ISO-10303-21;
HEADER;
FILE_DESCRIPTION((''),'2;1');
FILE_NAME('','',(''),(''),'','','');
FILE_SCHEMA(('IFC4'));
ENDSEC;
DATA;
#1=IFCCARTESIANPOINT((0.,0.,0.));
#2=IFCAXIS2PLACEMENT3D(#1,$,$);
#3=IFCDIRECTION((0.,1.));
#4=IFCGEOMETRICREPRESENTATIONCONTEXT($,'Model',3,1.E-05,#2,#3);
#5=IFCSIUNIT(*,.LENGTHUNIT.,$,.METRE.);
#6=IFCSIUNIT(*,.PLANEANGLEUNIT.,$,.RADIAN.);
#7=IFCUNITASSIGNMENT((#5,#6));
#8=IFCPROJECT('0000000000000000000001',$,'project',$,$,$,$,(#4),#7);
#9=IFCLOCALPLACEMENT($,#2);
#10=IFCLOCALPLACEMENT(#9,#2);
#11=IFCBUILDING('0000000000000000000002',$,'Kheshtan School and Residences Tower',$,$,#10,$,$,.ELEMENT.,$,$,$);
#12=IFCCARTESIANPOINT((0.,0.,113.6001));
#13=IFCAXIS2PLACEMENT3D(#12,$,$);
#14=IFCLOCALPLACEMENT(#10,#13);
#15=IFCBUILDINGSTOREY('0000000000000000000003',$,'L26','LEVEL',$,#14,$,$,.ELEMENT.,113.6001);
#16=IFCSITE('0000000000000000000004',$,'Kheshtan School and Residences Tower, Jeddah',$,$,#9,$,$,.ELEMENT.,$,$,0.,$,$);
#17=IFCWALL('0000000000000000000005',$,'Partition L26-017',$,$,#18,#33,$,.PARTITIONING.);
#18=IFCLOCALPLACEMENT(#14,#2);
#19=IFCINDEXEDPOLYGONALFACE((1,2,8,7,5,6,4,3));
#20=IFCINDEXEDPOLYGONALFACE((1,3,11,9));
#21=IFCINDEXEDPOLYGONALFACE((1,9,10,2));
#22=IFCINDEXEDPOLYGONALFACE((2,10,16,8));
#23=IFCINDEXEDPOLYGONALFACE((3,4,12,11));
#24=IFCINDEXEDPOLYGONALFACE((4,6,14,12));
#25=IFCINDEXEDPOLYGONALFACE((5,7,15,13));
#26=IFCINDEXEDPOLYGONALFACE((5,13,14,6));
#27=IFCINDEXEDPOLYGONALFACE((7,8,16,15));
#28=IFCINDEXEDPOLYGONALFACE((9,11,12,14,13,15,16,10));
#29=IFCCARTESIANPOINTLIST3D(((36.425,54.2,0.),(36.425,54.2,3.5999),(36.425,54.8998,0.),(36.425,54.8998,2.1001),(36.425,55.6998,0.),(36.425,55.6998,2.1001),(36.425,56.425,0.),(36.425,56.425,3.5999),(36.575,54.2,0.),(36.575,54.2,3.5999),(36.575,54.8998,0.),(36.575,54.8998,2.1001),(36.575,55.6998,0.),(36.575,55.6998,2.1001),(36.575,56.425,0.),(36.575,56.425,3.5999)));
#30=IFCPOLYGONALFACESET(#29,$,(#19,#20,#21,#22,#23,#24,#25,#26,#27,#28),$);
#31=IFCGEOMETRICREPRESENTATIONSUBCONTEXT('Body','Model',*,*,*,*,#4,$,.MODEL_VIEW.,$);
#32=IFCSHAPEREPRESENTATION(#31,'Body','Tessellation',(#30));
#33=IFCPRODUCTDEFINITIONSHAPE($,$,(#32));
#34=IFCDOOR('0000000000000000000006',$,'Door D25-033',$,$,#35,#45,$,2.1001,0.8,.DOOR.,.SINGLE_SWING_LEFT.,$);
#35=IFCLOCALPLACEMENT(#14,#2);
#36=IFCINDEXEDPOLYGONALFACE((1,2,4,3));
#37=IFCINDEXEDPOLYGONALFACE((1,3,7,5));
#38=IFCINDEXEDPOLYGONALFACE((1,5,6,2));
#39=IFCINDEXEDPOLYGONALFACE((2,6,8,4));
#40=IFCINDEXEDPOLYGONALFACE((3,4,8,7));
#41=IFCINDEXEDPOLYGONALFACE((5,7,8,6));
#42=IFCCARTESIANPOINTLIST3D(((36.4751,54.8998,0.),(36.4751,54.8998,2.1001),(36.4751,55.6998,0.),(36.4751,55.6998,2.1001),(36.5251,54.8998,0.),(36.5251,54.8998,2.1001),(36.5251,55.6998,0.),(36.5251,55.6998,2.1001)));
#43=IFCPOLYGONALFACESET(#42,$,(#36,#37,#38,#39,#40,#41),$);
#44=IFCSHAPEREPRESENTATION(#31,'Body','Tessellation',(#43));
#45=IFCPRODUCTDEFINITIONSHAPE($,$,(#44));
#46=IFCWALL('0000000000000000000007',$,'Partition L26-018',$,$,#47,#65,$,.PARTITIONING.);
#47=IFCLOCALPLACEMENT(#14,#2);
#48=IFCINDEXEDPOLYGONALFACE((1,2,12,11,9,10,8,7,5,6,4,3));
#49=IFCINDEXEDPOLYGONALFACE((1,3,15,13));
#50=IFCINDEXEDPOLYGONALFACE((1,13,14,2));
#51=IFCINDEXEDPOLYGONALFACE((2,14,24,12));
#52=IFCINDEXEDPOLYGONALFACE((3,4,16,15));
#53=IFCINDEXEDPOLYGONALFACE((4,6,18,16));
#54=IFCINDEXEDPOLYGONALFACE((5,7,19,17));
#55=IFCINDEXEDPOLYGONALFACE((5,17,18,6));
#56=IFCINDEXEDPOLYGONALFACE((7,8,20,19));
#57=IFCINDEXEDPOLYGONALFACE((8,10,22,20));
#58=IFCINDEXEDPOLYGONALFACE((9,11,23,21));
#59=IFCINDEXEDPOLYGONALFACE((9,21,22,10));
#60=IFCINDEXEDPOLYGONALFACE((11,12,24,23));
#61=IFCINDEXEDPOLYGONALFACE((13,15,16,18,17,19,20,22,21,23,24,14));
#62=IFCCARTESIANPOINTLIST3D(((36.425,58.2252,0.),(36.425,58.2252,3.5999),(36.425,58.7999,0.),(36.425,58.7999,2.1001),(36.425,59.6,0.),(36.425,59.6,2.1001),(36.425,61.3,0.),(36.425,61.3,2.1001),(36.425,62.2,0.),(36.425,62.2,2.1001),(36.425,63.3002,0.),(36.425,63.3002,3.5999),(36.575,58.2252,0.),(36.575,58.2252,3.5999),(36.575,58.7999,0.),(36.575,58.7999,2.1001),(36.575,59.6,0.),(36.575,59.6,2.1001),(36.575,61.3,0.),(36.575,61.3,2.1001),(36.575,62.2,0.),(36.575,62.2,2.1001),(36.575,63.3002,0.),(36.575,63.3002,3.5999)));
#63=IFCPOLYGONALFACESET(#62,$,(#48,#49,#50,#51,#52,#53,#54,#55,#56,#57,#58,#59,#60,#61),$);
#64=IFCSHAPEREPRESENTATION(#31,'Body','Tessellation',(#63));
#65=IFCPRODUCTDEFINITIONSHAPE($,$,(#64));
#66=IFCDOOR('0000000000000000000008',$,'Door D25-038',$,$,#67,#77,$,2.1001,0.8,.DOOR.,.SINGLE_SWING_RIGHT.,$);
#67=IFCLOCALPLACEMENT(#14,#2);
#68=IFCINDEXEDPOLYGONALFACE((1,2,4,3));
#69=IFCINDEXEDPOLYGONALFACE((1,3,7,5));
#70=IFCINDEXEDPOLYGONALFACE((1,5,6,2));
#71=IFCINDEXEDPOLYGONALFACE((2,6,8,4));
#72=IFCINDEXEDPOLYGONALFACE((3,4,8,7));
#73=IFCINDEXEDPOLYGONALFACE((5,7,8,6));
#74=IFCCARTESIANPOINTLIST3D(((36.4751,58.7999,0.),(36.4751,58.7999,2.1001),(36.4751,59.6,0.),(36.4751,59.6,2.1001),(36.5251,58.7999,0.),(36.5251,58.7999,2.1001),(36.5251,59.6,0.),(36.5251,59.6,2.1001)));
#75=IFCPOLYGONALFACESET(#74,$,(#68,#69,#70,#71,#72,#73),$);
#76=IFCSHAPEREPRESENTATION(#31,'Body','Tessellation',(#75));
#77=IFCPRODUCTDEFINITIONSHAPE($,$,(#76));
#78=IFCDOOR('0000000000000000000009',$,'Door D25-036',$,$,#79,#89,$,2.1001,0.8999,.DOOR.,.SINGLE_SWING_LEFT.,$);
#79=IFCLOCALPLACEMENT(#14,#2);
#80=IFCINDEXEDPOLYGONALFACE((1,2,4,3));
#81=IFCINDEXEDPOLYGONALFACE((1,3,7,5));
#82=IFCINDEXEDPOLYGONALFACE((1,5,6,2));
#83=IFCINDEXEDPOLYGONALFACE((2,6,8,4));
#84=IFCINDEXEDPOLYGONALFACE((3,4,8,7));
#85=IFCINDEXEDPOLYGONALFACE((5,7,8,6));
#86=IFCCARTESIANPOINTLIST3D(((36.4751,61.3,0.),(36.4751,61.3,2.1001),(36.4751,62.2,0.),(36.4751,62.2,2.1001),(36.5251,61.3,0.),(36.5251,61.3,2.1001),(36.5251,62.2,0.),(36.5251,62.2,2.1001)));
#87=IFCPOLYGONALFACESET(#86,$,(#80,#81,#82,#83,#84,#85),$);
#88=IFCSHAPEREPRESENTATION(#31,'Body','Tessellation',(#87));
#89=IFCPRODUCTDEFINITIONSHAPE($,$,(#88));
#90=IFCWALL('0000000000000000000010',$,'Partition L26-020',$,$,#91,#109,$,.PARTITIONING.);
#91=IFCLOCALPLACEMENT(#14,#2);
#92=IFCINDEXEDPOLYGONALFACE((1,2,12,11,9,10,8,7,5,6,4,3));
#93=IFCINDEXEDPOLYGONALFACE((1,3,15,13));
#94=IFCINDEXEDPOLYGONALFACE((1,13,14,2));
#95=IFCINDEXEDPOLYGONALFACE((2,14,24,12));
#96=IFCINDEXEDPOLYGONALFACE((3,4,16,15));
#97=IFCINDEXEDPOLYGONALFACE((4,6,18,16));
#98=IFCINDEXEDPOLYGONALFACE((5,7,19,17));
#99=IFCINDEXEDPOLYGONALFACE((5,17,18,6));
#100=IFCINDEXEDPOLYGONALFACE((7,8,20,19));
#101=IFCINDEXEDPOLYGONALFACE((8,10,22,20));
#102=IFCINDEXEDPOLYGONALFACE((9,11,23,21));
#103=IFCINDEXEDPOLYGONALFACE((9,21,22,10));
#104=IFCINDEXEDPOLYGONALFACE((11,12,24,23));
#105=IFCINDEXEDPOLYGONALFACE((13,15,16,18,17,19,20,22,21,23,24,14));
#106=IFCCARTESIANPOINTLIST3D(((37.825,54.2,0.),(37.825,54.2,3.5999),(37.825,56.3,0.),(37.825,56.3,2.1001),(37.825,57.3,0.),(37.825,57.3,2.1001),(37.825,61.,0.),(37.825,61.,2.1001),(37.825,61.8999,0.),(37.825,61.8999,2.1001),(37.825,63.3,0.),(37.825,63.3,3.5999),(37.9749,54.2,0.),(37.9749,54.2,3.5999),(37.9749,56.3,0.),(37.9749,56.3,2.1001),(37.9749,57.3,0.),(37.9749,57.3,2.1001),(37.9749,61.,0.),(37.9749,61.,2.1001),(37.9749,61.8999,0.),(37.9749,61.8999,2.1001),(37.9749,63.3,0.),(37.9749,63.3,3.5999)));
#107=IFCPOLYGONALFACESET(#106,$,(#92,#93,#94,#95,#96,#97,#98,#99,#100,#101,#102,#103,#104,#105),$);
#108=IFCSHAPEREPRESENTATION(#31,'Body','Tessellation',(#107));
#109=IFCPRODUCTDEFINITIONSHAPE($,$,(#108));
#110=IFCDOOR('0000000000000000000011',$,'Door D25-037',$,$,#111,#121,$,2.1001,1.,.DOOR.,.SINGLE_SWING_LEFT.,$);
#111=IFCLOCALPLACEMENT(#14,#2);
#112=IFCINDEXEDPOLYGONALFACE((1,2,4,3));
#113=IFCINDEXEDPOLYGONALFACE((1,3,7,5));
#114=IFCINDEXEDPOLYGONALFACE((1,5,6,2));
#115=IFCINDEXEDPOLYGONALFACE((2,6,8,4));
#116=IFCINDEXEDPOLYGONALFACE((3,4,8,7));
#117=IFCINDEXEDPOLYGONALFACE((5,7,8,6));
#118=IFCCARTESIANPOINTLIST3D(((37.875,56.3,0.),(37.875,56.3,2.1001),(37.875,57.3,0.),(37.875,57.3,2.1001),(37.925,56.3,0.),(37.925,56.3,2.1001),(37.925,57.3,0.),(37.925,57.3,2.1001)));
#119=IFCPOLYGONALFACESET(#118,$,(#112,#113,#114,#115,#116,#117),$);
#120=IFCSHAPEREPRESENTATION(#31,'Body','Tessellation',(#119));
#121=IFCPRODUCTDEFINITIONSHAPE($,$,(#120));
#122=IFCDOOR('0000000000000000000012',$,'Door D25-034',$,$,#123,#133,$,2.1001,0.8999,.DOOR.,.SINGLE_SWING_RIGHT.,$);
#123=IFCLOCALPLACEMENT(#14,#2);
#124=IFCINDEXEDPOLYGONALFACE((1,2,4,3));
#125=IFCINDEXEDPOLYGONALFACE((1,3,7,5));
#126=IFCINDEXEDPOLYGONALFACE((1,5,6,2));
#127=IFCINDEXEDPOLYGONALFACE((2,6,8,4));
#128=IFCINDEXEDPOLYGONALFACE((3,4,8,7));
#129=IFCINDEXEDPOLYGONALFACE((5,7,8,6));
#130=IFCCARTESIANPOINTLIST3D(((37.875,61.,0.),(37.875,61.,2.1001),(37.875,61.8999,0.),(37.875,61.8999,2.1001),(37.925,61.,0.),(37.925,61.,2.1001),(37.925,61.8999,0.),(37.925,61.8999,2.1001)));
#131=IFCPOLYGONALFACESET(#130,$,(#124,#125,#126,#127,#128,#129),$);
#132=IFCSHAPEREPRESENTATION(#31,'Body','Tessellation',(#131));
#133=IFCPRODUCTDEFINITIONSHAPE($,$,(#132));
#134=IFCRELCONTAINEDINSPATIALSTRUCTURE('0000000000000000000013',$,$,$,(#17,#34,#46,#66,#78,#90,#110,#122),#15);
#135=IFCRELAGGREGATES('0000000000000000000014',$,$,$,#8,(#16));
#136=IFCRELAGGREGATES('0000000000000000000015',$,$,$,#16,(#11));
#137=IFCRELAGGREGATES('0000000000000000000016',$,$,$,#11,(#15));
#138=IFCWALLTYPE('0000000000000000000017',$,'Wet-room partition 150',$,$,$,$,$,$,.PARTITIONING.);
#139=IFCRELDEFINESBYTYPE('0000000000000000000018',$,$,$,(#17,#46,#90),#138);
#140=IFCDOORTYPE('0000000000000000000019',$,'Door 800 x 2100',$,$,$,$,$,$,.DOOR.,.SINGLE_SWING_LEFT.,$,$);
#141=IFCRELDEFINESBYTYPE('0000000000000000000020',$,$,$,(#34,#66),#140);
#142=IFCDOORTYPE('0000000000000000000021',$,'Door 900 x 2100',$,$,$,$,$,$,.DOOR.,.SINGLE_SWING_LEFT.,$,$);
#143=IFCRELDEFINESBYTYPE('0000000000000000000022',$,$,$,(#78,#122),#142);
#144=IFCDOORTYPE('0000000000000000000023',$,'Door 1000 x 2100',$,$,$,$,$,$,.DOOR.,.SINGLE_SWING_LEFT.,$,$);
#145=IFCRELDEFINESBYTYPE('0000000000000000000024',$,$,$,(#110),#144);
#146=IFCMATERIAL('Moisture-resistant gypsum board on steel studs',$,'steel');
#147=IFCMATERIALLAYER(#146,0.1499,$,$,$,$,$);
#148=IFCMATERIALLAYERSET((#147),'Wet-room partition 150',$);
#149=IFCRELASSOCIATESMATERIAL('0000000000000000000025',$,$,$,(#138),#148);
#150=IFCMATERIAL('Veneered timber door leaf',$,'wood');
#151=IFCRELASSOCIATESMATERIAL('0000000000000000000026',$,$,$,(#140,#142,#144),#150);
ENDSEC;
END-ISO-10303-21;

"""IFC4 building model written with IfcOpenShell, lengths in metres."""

from ifc_helpers import new_model, si_unit, direction, frame, frame_2d, origin, place, context, subcontext, project, spatial, rectangle, extrude, source, transform, mapped, material, layer, layer_set, type_object, element, fill, save


model = new_model("IFC4")

# Units and contexts
model_context = context("Model", 3, precision=1e-05, world=origin(), true_north=direction((0.0, 1.0)))
body_context = subcontext(model_context, "Body", "Model", "MODEL_VIEW")
ifc_project = project(units=[si_unit("LENGTHUNIT", "METRE"), si_unit("PLANEANGLEUNIT", "RADIAN")], contexts=[model_context])

# Site, building, storey
site_placement = place(None, origin())
site = spatial("IfcSite", under=ifc_project, at=site_placement, Name="Kheshtan School and Residences Tower, Jeddah", CompositionType="ELEMENT", RefElevation=0.0)
building_placement = place(site_placement, origin())
building = spatial("IfcBuilding", under=site, at=building_placement, Name="Kheshtan School and Residences Tower", CompositionType="ELEMENT")
storey_placement = place(building_placement, frame((0.0, 0.0, 113.6001)))
storey = spatial("IfcBuildingStorey", under=building, at=storey_placement, Name="L26", Description="LEVEL", CompositionType="ELEMENT", Elevation=113.6001)

# Wall, opening, door
ifc_material_1 = material(Name="Moisture-resistant gypsum board on steel studs", Category="steel")
ifc_layer_1 = layer(ifc_material_1, 0.1499)
ifc_layer_set_1 = layer_set([ifc_layer_1], Name="Wet-room partition 150")
wall_type_1 = type_object("IfcWallType", Name="Wet-room partition 150", PredefinedType="PARTITIONING", material=ifc_layer_set_1)
wall_1_placement = place(storey_placement, frame((36.5, 54.2, 0.0), z_axis=(0.0, 0.0, 1.0), x_axis=(0.0, 1.0, 0.0)))
wall_1 = element("IfcWall", 1, at=wall_1_placement, inside=storey, type_object=wall_type_1, Name="Partition L26-017", PredefinedType="PARTITIONING", context=body_context, shape_type="SweptSolid", body=[
    extrude(rectangle(XDim=2.2251, YDim=0.1499, at=frame_2d((1.1125, 0.0))), origin(), (0.0, 0.0, 1.0), 3.5999),
])
opening_1_placement = place(wall_1_placement, frame((0.7, 0.0, 0.0)))
opening_1 = element("IfcOpeningElement", 2, at=opening_1_placement, cuts=wall_1, PredefinedType="OPENING", context=body_context, shape_type="SweptSolid", body=[
    extrude(rectangle(XDim=0.8, YDim=2.1001, at=frame_2d((0.3999, 1.05))), frame((0.0, 0.085, 0.0), z_axis=(0.0, -1.0, 0.0), x_axis=(1.0, 0.0, 0.0)), (0.0, 0.0, 1.0), 0.1699),
])
ifc_material_2 = material(Name="Veneered timber door leaf", Category="wood")
door_type_1 = type_object("IfcDoorType", Name="Door 800 x 2100", OperationType="SINGLE_SWING_LEFT", PredefinedType="DOOR", material=ifc_material_2)
shared_shape_1 = source(origin(), body_context, "Body", "SweptSolid", [
    extrude(rectangle(XDim=0.8, YDim=2.1001, at=frame_2d((0.3999, 1.05))), frame((0.0, 0.0249, 0.0), z_axis=(0.0, -1.0, 0.0), x_axis=(1.0, 0.0, 0.0)), (0.0, 0.0, 1.0), 0.05),
])
door_1_placement = place(opening_1_placement, origin())
door_1 = element("IfcDoor", 3, at=door_1_placement, inside=storey, type_object=door_type_1, Name="Door D25-033", OperationType="SINGLE_SWING_LEFT", OverallHeight=2.1001, OverallWidth=0.8, PredefinedType="DOOR", context=body_context, shape_type="MappedRepresentation", body=[
    mapped(shared_shape_1, transform((0.0, 0.0, 0.0), x_axis=(1.0, 0.0, 0.0), y_axis=(0.0, 1.0, 0.0), z_axis=(0.0, 0.0, 1.0), scale=1.0)),
])
fill(opening_1, door_1)

# Walls, openings, doors
wall_2_placement = place(storey_placement, frame((36.5, 58.2251, 0.0), z_axis=(0.0, 0.0, 1.0), x_axis=(0.0, 1.0, 0.0)))
wall_2 = element("IfcWall", 4, at=wall_2_placement, inside=storey, type_object=wall_type_1, Name="Partition L26-018", PredefinedType="PARTITIONING", context=body_context, shape_type="SweptSolid", body=[
    extrude(rectangle(XDim=5.075, YDim=0.1499, at=frame_2d((2.5376, 0.0))), origin(), (0.0, 0.0, 1.0), 3.5999),
])
opening_2_placement = place(wall_2_placement, frame((3.075, 0.0, 0.0)))
opening_2 = element("IfcOpeningElement", 5, at=opening_2_placement, cuts=wall_2, PredefinedType="OPENING", context=body_context, shape_type="SweptSolid", body=[
    extrude(rectangle(XDim=0.8999, YDim=2.1001, at=frame_2d((0.45, 1.05))), frame((0.0, 0.085, 0.0), z_axis=(0.0, -1.0, 0.0), x_axis=(1.0, 0.0, 0.0)), (0.0, 0.0, 1.0), 0.1699),
])
opening_3_placement = place(wall_2_placement, frame((0.575, 0.0, 0.0)))
opening_3 = element("IfcOpeningElement", 6, at=opening_3_placement, cuts=wall_2, PredefinedType="OPENING", context=body_context, shape_type="SweptSolid", body=[
    extrude(rectangle(XDim=0.8, YDim=2.1001, at=frame_2d((0.3999, 1.05))), frame((0.0, 0.085, 0.0), z_axis=(0.0, -1.0, 0.0), x_axis=(1.0, 0.0, 0.0)), (0.0, 0.0, 1.0), 0.1699),
])
door_2_placement = place(opening_3_placement, origin())
door_2 = element("IfcDoor", 7, at=door_2_placement, inside=storey, type_object=door_type_1, Name="Door D25-038", OperationType="SINGLE_SWING_RIGHT", OverallHeight=2.1001, OverallWidth=0.8, PredefinedType="DOOR", context=body_context, shape_type="MappedRepresentation", body=[
    mapped(shared_shape_1, transform((0.0, 0.0, 0.0), x_axis=(1.0, 0.0, 0.0), y_axis=(0.0, 1.0, 0.0), z_axis=(0.0, 0.0, 1.0), scale=1.0)),
])
fill(opening_3, door_2)
door_type_2 = type_object("IfcDoorType", Name="Door 900 x 2100", OperationType="SINGLE_SWING_LEFT", PredefinedType="DOOR", material=ifc_material_2)
shared_shape_2 = source(origin(), body_context, "Body", "SweptSolid", [
    extrude(rectangle(XDim=0.8999, YDim=2.1001, at=frame_2d((0.45, 1.05))), frame((0.0, 0.0249, 0.0), z_axis=(0.0, -1.0, 0.0), x_axis=(1.0, 0.0, 0.0)), (0.0, 0.0, 1.0), 0.05),
])
door_3_placement = place(opening_2_placement, origin())
door_3 = element("IfcDoor", 8, at=door_3_placement, inside=storey, type_object=door_type_2, Name="Door D25-036", OperationType="SINGLE_SWING_LEFT", OverallHeight=2.1001, OverallWidth=0.8999, PredefinedType="DOOR", context=body_context, shape_type="MappedRepresentation", body=[
    mapped(shared_shape_2, transform((0.0, 0.0, 0.0), x_axis=(1.0, 0.0, 0.0), y_axis=(0.0, 1.0, 0.0), z_axis=(0.0, 0.0, 1.0), scale=1.0)),
])
fill(opening_2, door_3)
wall_3_placement = place(storey_placement, frame((37.8999, 54.2, 0.0), z_axis=(0.0, 0.0, 1.0), x_axis=(0.0, 1.0, 0.0)))
wall_3 = element("IfcWall", 9, at=wall_3_placement, inside=storey, type_object=wall_type_1, Name="Partition L26-020", PredefinedType="PARTITIONING", context=body_context, shape_type="SweptSolid", body=[
    extrude(rectangle(XDim=9.1001, YDim=0.1499, at=frame_2d((4.55, 0.0))), origin(), (0.0, 0.0, 1.0), 3.5999),
])
opening_4_placement = place(wall_3_placement, frame((6.8, 0.0, 0.0)))
opening_4 = element("IfcOpeningElement", 10, at=opening_4_placement, cuts=wall_3, PredefinedType="OPENING", context=body_context, shape_type="SweptSolid", body=[
    extrude(rectangle(XDim=0.8999, YDim=2.1001, at=frame_2d((0.45, 1.05))), frame((0.0, 0.085, 0.0), z_axis=(0.0, -1.0, 0.0), x_axis=(1.0, 0.0, 0.0)), (0.0, 0.0, 1.0), 0.1699),
])
opening_5_placement = place(wall_3_placement, frame((2.1001, 0.0, 0.0)))
opening_5 = element("IfcOpeningElement", 11, at=opening_5_placement, cuts=wall_3, PredefinedType="OPENING", context=body_context, shape_type="SweptSolid", body=[
    extrude(rectangle(XDim=1.0, YDim=2.1001, at=frame_2d((0.5, 1.05))), frame((0.0, 0.085, 0.0), z_axis=(0.0, -1.0, 0.0), x_axis=(1.0, 0.0, 0.0)), (0.0, 0.0, 1.0), 0.1699),
])
door_type_3 = type_object("IfcDoorType", Name="Door 1000 x 2100", OperationType="SINGLE_SWING_LEFT", PredefinedType="DOOR", material=ifc_material_2)
shared_shape_3 = source(origin(), body_context, "Body", "SweptSolid", [
    extrude(rectangle(XDim=1.0, YDim=2.1001, at=frame_2d((0.5, 1.05))), frame((0.0, 0.0249, 0.0), z_axis=(0.0, -1.0, 0.0), x_axis=(1.0, 0.0, 0.0)), (0.0, 0.0, 1.0), 0.05),
])
door_4_placement = place(opening_5_placement, origin())
door_4 = element("IfcDoor", 12, at=door_4_placement, inside=storey, type_object=door_type_3, Name="Door D25-037", OperationType="SINGLE_SWING_LEFT", OverallHeight=2.1001, OverallWidth=1.0, PredefinedType="DOOR", context=body_context, shape_type="MappedRepresentation", body=[
    mapped(shared_shape_3, transform((0.0, 0.0, 0.0), x_axis=(1.0, 0.0, 0.0), y_axis=(0.0, 1.0, 0.0), z_axis=(0.0, 0.0, 1.0), scale=1.0)),
])
fill(opening_5, door_4)
door_5_placement = place(opening_4_placement, origin())
door_5 = element("IfcDoor", 13, at=door_5_placement, inside=storey, type_object=door_type_2, Name="Door D25-034", OperationType="SINGLE_SWING_RIGHT", OverallHeight=2.1001, OverallWidth=0.8999, PredefinedType="DOOR", context=body_context, shape_type="MappedRepresentation", body=[
    mapped(shared_shape_2, transform((0.0, 0.0, 0.0), x_axis=(1.0, 0.0, 0.0), y_axis=(0.0, 1.0, 0.0), z_axis=(0.0, 0.0, 1.0), scale=1.0)),
])
fill(opening_4, door_5)

save(model, "model.ifc")
